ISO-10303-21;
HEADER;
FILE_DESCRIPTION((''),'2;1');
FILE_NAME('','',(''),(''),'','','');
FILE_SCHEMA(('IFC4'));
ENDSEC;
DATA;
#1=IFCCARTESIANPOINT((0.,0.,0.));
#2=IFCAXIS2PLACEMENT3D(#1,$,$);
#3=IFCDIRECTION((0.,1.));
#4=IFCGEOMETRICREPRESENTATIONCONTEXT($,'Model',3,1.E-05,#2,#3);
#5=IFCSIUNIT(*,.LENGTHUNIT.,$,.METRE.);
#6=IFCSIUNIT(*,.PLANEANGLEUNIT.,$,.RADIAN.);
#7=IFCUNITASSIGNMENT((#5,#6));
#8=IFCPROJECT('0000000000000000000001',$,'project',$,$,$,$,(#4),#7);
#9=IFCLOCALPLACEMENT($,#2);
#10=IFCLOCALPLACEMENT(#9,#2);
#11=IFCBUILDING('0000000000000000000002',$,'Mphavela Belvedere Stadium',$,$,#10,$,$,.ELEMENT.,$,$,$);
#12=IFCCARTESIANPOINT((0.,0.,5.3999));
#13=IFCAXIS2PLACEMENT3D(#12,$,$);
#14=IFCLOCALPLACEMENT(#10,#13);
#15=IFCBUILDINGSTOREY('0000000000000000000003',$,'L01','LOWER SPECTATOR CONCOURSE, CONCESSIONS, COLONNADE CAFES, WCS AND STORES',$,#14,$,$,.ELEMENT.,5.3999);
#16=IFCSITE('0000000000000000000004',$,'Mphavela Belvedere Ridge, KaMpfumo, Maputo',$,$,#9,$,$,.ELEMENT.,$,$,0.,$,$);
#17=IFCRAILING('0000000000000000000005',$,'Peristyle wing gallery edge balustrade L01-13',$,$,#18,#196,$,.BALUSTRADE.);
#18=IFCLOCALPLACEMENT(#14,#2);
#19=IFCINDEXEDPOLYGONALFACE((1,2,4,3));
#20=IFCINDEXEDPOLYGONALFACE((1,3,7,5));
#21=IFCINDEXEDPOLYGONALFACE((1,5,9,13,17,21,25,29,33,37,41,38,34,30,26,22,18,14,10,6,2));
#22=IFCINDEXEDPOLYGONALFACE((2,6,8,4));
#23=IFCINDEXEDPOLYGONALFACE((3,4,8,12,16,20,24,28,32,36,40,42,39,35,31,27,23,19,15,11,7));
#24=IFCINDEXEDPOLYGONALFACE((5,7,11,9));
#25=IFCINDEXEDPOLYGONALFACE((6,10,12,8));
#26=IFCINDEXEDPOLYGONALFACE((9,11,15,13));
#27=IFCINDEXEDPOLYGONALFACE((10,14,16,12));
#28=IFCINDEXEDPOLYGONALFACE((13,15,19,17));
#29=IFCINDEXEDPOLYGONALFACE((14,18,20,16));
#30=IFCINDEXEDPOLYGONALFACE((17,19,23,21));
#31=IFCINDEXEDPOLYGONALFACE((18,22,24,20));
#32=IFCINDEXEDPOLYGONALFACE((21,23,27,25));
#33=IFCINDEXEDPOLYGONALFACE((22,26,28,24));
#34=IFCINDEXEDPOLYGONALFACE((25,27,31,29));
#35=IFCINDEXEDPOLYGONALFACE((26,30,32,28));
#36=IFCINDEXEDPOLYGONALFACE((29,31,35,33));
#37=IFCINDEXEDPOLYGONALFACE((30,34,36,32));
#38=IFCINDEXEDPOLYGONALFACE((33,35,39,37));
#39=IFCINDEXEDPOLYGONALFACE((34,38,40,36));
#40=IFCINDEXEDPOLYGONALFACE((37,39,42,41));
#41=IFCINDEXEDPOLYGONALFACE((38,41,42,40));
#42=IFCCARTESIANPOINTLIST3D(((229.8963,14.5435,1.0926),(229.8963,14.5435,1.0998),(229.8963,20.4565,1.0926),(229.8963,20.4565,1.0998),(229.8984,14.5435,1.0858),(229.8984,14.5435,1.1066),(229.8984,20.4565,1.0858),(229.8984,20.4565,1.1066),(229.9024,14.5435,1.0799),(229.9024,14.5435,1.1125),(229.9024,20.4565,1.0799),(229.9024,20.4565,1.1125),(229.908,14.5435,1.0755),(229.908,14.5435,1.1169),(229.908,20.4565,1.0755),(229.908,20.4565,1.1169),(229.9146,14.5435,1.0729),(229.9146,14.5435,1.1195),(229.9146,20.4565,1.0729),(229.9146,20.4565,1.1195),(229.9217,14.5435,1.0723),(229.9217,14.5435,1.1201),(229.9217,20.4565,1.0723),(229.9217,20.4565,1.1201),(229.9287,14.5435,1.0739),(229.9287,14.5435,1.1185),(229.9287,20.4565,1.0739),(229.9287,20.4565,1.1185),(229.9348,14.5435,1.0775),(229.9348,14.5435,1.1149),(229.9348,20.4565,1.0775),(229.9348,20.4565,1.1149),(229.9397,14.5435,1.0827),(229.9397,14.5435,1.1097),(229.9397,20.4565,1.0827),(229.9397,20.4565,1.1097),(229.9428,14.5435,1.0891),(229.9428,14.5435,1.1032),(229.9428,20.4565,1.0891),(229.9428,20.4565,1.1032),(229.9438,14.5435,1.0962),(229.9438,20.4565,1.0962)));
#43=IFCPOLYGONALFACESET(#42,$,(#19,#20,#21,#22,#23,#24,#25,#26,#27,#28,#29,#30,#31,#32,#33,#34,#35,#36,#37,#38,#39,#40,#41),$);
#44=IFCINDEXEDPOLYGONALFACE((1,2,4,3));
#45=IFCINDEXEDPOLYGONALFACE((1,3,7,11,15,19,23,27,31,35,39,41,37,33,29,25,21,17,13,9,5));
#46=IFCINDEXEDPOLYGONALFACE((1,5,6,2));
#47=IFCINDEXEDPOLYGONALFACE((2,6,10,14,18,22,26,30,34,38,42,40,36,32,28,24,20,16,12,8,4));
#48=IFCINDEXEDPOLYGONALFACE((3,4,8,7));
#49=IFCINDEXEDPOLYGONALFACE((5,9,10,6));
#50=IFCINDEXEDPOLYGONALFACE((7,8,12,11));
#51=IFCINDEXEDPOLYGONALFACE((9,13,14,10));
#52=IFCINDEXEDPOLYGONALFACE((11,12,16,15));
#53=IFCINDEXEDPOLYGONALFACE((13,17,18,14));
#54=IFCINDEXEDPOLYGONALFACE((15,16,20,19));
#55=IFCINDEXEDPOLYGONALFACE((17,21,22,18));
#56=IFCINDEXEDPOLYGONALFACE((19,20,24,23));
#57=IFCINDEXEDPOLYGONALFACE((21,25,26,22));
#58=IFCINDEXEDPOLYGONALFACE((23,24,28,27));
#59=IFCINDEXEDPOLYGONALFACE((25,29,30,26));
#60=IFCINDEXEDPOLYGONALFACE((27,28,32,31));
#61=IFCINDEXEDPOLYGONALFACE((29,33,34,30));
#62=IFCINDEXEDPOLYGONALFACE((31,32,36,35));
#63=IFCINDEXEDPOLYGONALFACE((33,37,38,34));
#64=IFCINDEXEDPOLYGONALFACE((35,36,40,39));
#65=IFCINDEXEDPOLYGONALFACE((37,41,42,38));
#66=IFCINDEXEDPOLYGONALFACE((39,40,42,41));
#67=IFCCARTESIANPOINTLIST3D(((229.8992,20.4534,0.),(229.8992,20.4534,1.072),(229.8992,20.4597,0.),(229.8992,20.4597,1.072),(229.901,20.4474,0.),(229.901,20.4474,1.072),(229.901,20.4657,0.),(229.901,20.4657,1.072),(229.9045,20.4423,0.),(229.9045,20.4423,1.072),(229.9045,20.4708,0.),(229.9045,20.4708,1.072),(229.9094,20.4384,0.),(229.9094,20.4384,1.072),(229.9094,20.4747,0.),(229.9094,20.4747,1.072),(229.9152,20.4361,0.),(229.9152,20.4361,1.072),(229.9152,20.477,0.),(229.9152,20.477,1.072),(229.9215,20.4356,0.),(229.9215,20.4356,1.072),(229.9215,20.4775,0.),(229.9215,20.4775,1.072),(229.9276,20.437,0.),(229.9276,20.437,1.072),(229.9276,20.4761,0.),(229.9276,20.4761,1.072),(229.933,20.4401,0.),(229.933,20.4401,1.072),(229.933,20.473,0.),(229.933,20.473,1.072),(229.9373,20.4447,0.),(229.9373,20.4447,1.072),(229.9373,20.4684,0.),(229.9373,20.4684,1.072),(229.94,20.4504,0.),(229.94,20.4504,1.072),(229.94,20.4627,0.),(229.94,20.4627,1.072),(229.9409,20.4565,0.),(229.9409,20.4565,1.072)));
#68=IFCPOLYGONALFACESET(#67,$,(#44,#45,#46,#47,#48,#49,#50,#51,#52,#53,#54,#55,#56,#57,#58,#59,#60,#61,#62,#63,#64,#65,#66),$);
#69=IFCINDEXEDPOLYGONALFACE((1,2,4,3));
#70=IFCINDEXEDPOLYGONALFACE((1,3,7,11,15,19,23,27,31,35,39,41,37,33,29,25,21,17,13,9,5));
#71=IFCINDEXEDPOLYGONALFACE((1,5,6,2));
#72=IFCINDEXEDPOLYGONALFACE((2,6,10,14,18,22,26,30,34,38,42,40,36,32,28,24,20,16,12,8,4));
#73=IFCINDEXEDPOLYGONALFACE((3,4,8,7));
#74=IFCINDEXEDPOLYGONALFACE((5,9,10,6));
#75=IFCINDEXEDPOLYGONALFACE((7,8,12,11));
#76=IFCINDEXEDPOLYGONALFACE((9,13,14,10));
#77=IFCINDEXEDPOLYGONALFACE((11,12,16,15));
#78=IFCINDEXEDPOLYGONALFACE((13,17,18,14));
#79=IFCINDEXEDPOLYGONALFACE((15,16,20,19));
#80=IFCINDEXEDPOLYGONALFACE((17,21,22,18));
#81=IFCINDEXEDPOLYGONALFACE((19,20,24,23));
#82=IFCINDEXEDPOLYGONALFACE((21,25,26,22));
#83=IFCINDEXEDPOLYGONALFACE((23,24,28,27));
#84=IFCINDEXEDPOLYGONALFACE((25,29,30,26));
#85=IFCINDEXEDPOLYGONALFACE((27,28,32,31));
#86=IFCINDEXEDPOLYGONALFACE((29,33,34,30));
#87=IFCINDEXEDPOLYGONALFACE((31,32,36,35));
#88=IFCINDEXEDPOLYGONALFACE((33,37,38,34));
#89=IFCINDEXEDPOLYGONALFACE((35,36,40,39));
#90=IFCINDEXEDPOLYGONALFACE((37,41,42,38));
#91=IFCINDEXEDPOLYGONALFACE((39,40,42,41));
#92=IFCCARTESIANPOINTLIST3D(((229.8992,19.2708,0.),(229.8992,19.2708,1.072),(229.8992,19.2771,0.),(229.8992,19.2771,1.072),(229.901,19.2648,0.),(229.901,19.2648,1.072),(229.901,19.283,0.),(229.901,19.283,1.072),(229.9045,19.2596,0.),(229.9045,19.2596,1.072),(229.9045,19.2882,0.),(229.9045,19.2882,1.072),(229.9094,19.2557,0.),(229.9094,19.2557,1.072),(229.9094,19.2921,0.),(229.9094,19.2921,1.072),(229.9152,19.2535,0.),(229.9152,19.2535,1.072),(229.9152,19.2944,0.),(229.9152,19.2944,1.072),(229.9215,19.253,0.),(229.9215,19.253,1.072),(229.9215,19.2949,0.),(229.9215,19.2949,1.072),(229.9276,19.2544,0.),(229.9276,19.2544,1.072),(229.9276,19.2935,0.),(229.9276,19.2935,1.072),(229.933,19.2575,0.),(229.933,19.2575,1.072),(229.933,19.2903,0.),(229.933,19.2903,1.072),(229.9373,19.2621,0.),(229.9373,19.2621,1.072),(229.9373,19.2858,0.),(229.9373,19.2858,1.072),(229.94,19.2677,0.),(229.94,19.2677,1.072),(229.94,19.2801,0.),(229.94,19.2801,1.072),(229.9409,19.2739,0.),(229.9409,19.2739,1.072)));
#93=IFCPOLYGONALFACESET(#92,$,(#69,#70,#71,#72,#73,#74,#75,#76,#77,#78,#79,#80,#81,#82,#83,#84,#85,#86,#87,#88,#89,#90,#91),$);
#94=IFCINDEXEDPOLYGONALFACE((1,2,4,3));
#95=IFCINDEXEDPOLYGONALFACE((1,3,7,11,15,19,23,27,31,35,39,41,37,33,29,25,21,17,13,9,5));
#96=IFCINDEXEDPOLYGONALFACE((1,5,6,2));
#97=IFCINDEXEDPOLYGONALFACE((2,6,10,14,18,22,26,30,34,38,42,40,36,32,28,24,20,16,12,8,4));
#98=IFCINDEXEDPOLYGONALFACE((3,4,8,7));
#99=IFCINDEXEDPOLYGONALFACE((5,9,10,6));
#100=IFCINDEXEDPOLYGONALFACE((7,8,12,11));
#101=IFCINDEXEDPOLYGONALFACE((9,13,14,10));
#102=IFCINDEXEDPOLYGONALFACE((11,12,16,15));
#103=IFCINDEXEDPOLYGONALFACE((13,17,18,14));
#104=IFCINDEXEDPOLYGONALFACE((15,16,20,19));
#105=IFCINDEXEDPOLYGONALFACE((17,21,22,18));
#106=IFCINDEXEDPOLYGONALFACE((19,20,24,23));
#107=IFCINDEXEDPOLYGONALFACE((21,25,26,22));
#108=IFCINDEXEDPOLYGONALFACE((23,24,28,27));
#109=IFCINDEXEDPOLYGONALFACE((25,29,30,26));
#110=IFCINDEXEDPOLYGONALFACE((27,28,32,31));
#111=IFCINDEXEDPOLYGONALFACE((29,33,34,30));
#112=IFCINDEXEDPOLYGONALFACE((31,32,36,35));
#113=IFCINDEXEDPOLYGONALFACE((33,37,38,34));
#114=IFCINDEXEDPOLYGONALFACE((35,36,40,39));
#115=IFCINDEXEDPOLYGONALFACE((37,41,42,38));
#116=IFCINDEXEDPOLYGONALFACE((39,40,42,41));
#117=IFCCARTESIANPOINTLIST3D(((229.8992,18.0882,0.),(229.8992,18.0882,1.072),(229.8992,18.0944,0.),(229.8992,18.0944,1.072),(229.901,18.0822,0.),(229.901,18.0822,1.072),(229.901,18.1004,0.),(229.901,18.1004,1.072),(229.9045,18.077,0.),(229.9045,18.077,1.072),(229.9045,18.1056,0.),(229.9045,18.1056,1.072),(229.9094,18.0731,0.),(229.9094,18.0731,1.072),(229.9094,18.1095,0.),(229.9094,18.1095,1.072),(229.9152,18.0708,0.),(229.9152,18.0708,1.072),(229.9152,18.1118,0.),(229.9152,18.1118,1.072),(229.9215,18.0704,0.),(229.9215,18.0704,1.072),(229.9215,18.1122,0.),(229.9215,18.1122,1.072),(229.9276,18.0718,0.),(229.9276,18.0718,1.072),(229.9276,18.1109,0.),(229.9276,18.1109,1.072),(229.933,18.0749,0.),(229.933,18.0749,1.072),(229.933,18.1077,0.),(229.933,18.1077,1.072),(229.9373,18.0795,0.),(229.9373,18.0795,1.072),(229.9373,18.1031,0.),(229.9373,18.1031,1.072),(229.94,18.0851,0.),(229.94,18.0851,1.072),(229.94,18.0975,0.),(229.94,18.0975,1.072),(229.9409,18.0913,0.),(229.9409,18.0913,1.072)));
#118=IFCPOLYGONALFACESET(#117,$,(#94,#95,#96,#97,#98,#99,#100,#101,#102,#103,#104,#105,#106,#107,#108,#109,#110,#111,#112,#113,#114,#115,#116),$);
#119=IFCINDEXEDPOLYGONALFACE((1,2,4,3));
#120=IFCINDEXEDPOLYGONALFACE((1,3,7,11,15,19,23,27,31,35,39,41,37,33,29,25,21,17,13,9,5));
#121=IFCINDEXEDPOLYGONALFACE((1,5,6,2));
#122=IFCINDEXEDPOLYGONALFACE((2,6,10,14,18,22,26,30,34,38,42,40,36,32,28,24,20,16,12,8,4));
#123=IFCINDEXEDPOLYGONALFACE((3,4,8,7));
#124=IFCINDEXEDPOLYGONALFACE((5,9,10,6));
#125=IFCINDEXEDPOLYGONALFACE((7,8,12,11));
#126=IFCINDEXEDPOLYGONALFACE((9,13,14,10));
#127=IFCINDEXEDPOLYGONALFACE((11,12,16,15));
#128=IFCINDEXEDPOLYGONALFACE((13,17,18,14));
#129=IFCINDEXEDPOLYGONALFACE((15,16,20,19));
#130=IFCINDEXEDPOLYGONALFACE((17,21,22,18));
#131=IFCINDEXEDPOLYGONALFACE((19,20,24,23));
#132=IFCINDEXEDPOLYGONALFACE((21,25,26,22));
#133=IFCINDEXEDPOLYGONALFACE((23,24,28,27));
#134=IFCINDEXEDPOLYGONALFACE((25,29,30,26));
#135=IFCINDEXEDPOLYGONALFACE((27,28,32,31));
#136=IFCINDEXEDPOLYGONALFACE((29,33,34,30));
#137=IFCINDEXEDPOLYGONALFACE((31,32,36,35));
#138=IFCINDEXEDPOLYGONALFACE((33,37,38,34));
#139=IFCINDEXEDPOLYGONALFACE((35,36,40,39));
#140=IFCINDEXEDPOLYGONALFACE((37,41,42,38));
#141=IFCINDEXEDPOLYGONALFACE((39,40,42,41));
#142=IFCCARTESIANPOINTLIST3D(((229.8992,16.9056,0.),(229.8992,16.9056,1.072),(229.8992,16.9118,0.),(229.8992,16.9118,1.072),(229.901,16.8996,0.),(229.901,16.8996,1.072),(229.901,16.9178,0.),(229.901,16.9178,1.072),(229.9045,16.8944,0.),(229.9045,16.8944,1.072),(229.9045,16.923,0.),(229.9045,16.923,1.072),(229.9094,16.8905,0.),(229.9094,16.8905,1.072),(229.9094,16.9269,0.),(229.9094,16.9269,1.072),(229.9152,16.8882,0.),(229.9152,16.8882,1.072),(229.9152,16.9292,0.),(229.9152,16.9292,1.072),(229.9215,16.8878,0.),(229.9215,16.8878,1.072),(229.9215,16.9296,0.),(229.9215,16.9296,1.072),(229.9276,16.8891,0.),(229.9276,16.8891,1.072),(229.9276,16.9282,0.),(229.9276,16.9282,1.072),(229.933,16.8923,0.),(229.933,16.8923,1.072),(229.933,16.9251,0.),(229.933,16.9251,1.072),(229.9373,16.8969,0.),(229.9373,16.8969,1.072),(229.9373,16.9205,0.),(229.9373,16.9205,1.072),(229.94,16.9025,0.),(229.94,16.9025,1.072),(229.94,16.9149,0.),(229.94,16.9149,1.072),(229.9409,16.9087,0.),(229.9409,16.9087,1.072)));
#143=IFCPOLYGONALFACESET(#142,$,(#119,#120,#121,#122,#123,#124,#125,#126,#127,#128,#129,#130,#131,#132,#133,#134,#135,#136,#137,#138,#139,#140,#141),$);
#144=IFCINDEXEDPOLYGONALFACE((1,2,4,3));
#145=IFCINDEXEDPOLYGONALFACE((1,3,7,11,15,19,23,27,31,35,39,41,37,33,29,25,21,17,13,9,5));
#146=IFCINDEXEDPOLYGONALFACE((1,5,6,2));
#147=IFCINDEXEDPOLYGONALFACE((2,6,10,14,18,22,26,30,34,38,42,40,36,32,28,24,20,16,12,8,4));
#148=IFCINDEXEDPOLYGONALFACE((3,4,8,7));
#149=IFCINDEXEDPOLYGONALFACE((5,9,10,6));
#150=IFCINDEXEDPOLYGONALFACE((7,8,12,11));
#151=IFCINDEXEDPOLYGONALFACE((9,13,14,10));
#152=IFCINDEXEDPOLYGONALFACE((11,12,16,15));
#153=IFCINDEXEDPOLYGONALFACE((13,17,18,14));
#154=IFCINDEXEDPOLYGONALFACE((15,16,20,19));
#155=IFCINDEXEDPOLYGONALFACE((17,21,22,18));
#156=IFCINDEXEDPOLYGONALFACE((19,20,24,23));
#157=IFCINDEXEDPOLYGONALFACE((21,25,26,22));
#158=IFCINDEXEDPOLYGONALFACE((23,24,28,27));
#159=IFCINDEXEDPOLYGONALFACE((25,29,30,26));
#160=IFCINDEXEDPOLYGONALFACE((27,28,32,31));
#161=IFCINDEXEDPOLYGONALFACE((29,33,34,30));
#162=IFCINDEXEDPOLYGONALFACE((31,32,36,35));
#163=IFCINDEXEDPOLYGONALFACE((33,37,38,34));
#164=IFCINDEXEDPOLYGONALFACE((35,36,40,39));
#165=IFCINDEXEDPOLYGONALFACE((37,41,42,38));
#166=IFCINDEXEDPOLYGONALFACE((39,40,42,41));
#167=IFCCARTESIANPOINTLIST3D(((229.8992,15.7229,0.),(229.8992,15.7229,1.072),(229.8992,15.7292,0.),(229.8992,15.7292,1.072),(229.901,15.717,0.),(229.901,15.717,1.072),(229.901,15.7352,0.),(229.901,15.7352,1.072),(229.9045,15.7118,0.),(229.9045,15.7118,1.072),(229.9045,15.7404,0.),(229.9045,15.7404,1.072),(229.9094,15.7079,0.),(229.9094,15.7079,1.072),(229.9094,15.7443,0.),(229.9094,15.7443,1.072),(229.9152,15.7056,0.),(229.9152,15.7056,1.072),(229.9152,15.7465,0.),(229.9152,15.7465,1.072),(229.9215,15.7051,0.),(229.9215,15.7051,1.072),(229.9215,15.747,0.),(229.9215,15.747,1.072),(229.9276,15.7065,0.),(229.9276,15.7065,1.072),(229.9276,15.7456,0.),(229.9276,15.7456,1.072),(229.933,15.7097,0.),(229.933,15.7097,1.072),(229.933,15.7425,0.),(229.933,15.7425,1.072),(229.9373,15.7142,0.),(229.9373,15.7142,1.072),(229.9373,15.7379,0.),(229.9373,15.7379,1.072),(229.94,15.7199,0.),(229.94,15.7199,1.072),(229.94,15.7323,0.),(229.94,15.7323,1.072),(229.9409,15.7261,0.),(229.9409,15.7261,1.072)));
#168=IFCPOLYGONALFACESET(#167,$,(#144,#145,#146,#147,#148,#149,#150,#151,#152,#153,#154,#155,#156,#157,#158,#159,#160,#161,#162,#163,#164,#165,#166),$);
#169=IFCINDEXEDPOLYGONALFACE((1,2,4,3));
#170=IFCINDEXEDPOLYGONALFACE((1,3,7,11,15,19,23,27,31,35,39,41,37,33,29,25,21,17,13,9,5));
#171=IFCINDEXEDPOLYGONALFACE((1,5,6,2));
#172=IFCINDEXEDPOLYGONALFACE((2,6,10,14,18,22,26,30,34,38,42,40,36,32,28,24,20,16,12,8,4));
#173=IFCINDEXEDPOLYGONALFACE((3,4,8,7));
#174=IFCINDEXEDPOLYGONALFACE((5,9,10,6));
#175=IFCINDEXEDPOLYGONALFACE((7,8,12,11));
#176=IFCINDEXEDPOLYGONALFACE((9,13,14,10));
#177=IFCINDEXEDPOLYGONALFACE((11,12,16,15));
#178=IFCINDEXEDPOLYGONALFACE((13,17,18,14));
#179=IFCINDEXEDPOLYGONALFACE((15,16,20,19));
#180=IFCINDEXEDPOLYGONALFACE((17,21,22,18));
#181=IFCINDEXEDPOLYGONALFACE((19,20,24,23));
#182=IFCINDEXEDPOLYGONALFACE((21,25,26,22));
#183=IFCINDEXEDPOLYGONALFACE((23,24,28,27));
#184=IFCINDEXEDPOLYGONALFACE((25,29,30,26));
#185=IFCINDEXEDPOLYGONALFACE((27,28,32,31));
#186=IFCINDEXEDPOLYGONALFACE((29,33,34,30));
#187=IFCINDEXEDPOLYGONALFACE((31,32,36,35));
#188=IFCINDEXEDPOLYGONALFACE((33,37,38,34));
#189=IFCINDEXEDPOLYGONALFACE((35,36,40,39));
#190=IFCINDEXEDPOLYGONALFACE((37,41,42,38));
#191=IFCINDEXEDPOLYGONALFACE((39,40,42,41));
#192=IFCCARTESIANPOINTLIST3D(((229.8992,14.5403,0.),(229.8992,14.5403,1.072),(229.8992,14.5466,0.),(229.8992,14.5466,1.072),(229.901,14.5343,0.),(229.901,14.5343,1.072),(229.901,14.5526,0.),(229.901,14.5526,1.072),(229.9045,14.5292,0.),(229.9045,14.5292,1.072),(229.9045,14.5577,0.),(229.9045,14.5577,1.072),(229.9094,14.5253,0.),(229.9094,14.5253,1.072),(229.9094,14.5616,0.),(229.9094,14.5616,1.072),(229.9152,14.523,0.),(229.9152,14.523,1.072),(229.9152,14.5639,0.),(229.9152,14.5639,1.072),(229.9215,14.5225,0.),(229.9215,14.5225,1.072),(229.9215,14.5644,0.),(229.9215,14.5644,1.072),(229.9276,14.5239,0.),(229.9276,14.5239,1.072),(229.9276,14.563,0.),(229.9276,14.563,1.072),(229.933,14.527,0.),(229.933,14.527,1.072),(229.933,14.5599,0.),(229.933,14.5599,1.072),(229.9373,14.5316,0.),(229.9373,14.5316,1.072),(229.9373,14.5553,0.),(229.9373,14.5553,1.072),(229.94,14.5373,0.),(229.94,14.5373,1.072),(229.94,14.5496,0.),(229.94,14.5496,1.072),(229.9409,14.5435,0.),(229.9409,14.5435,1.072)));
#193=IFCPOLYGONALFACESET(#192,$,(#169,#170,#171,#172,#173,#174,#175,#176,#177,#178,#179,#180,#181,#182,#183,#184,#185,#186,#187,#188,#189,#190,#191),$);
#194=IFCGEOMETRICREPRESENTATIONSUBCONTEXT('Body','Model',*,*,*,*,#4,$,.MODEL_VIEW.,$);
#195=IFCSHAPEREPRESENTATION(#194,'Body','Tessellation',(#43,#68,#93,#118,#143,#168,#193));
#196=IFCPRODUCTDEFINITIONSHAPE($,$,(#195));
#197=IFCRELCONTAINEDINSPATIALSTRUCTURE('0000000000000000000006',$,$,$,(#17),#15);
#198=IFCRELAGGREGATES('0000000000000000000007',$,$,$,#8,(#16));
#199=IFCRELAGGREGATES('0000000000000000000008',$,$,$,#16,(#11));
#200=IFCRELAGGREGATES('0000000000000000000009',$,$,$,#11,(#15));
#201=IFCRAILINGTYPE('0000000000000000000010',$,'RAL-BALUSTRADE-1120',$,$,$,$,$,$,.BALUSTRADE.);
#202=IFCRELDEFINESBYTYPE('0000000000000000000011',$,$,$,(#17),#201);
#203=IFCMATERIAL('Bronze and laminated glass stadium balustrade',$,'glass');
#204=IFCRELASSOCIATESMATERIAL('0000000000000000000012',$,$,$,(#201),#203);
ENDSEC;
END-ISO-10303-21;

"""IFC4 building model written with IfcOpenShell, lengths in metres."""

from ifc_helpers import new_model, si_unit, direction, frame, origin, origin_2d, place, context, subcontext, project, spatial, circle, extrude, material, type_object, element, save


model = new_model("IFC4")

# Units and contexts
model_context = context("Model", 3, precision=1e-05, world=origin(), true_north=direction((0.0, 1.0)))
body_context = subcontext(model_context, "Body", "Model", "MODEL_VIEW")
ifc_project = project(units=[si_unit("LENGTHUNIT", "METRE"), si_unit("PLANEANGLEUNIT", "RADIAN")], contexts=[model_context])

# Site, building, storey
site_placement = place(None, origin())
site = spatial("IfcSite", under=ifc_project, at=site_placement, Name="Mphavela Belvedere Ridge, KaMpfumo, Maputo", CompositionType="ELEMENT", RefElevation=0.0)
building_placement = place(site_placement, origin())
building = spatial("IfcBuilding", under=site, at=building_placement, Name="Mphavela Belvedere Stadium", CompositionType="ELEMENT")
storey_placement = place(building_placement, frame((0.0, 0.0, 5.3999)))
storey = spatial("IfcBuildingStorey", under=building, at=storey_placement, Name="L01", Description="LOWER SPECTATOR CONCOURSE, CONCESSIONS, COLONNADE CAFES, WCS AND STORES", CompositionType="ELEMENT", Elevation=5.3999)

# Railing
ifc_material_1 = material(Name="Bronze and laminated glass stadium balustrade", Category="glass")
railing_type = type_object("IfcRailingType", Name="RAL-BALUSTRADE-1120", PredefinedType="BALUSTRADE", material=ifc_material_1)
for number, where, name in (
    (1, (229.9199, 20.4565, 0.0), "Peristyle wing gallery edge balustrade L01-13"),
):
    element("IfcRailing", number, at=place(storey_placement, frame(where)), inside=storey, type_object=railing_type, Name=name, PredefinedType="BALUSTRADE", context=body_context, shape_type="SweptSolid", body=[
        extrude(circle(Radius=0.0239, at=origin_2d()), frame((0.0, 0.0, 1.0962), z_axis=(0.0, -1.0, 0.0), x_axis=(1.0, 0.0, 0.0)), (0.0, 0.0, 1.0), 5.9131),
        extrude(circle(Radius=0.021, at=origin_2d()), origin(), (0.0, 0.0, 1.0), 1.072),
        extrude(circle(Radius=0.021, at=origin_2d()), frame((0.0, -1.1826, 0.0)), (0.0, 0.0, 1.0), 1.072),
        extrude(circle(Radius=0.021, at=origin_2d()), frame((0.0, -2.3652, 0.0)), (0.0, 0.0, 1.0), 1.072),
        extrude(circle(Radius=0.021, at=origin_2d()), frame((0.0, -3.5479, 0.0)), (0.0, 0.0, 1.0), 1.072),
        extrude(circle(Radius=0.021, at=origin_2d()), frame((0.0, -4.7305, 0.0)), (0.0, 0.0, 1.0), 1.072),
        extrude(circle(Radius=0.021, at=origin_2d()), frame((0.0, -5.9131, 0.0)), (0.0, 0.0, 1.0), 1.072),
    ])

save(model, "model.ifc")
